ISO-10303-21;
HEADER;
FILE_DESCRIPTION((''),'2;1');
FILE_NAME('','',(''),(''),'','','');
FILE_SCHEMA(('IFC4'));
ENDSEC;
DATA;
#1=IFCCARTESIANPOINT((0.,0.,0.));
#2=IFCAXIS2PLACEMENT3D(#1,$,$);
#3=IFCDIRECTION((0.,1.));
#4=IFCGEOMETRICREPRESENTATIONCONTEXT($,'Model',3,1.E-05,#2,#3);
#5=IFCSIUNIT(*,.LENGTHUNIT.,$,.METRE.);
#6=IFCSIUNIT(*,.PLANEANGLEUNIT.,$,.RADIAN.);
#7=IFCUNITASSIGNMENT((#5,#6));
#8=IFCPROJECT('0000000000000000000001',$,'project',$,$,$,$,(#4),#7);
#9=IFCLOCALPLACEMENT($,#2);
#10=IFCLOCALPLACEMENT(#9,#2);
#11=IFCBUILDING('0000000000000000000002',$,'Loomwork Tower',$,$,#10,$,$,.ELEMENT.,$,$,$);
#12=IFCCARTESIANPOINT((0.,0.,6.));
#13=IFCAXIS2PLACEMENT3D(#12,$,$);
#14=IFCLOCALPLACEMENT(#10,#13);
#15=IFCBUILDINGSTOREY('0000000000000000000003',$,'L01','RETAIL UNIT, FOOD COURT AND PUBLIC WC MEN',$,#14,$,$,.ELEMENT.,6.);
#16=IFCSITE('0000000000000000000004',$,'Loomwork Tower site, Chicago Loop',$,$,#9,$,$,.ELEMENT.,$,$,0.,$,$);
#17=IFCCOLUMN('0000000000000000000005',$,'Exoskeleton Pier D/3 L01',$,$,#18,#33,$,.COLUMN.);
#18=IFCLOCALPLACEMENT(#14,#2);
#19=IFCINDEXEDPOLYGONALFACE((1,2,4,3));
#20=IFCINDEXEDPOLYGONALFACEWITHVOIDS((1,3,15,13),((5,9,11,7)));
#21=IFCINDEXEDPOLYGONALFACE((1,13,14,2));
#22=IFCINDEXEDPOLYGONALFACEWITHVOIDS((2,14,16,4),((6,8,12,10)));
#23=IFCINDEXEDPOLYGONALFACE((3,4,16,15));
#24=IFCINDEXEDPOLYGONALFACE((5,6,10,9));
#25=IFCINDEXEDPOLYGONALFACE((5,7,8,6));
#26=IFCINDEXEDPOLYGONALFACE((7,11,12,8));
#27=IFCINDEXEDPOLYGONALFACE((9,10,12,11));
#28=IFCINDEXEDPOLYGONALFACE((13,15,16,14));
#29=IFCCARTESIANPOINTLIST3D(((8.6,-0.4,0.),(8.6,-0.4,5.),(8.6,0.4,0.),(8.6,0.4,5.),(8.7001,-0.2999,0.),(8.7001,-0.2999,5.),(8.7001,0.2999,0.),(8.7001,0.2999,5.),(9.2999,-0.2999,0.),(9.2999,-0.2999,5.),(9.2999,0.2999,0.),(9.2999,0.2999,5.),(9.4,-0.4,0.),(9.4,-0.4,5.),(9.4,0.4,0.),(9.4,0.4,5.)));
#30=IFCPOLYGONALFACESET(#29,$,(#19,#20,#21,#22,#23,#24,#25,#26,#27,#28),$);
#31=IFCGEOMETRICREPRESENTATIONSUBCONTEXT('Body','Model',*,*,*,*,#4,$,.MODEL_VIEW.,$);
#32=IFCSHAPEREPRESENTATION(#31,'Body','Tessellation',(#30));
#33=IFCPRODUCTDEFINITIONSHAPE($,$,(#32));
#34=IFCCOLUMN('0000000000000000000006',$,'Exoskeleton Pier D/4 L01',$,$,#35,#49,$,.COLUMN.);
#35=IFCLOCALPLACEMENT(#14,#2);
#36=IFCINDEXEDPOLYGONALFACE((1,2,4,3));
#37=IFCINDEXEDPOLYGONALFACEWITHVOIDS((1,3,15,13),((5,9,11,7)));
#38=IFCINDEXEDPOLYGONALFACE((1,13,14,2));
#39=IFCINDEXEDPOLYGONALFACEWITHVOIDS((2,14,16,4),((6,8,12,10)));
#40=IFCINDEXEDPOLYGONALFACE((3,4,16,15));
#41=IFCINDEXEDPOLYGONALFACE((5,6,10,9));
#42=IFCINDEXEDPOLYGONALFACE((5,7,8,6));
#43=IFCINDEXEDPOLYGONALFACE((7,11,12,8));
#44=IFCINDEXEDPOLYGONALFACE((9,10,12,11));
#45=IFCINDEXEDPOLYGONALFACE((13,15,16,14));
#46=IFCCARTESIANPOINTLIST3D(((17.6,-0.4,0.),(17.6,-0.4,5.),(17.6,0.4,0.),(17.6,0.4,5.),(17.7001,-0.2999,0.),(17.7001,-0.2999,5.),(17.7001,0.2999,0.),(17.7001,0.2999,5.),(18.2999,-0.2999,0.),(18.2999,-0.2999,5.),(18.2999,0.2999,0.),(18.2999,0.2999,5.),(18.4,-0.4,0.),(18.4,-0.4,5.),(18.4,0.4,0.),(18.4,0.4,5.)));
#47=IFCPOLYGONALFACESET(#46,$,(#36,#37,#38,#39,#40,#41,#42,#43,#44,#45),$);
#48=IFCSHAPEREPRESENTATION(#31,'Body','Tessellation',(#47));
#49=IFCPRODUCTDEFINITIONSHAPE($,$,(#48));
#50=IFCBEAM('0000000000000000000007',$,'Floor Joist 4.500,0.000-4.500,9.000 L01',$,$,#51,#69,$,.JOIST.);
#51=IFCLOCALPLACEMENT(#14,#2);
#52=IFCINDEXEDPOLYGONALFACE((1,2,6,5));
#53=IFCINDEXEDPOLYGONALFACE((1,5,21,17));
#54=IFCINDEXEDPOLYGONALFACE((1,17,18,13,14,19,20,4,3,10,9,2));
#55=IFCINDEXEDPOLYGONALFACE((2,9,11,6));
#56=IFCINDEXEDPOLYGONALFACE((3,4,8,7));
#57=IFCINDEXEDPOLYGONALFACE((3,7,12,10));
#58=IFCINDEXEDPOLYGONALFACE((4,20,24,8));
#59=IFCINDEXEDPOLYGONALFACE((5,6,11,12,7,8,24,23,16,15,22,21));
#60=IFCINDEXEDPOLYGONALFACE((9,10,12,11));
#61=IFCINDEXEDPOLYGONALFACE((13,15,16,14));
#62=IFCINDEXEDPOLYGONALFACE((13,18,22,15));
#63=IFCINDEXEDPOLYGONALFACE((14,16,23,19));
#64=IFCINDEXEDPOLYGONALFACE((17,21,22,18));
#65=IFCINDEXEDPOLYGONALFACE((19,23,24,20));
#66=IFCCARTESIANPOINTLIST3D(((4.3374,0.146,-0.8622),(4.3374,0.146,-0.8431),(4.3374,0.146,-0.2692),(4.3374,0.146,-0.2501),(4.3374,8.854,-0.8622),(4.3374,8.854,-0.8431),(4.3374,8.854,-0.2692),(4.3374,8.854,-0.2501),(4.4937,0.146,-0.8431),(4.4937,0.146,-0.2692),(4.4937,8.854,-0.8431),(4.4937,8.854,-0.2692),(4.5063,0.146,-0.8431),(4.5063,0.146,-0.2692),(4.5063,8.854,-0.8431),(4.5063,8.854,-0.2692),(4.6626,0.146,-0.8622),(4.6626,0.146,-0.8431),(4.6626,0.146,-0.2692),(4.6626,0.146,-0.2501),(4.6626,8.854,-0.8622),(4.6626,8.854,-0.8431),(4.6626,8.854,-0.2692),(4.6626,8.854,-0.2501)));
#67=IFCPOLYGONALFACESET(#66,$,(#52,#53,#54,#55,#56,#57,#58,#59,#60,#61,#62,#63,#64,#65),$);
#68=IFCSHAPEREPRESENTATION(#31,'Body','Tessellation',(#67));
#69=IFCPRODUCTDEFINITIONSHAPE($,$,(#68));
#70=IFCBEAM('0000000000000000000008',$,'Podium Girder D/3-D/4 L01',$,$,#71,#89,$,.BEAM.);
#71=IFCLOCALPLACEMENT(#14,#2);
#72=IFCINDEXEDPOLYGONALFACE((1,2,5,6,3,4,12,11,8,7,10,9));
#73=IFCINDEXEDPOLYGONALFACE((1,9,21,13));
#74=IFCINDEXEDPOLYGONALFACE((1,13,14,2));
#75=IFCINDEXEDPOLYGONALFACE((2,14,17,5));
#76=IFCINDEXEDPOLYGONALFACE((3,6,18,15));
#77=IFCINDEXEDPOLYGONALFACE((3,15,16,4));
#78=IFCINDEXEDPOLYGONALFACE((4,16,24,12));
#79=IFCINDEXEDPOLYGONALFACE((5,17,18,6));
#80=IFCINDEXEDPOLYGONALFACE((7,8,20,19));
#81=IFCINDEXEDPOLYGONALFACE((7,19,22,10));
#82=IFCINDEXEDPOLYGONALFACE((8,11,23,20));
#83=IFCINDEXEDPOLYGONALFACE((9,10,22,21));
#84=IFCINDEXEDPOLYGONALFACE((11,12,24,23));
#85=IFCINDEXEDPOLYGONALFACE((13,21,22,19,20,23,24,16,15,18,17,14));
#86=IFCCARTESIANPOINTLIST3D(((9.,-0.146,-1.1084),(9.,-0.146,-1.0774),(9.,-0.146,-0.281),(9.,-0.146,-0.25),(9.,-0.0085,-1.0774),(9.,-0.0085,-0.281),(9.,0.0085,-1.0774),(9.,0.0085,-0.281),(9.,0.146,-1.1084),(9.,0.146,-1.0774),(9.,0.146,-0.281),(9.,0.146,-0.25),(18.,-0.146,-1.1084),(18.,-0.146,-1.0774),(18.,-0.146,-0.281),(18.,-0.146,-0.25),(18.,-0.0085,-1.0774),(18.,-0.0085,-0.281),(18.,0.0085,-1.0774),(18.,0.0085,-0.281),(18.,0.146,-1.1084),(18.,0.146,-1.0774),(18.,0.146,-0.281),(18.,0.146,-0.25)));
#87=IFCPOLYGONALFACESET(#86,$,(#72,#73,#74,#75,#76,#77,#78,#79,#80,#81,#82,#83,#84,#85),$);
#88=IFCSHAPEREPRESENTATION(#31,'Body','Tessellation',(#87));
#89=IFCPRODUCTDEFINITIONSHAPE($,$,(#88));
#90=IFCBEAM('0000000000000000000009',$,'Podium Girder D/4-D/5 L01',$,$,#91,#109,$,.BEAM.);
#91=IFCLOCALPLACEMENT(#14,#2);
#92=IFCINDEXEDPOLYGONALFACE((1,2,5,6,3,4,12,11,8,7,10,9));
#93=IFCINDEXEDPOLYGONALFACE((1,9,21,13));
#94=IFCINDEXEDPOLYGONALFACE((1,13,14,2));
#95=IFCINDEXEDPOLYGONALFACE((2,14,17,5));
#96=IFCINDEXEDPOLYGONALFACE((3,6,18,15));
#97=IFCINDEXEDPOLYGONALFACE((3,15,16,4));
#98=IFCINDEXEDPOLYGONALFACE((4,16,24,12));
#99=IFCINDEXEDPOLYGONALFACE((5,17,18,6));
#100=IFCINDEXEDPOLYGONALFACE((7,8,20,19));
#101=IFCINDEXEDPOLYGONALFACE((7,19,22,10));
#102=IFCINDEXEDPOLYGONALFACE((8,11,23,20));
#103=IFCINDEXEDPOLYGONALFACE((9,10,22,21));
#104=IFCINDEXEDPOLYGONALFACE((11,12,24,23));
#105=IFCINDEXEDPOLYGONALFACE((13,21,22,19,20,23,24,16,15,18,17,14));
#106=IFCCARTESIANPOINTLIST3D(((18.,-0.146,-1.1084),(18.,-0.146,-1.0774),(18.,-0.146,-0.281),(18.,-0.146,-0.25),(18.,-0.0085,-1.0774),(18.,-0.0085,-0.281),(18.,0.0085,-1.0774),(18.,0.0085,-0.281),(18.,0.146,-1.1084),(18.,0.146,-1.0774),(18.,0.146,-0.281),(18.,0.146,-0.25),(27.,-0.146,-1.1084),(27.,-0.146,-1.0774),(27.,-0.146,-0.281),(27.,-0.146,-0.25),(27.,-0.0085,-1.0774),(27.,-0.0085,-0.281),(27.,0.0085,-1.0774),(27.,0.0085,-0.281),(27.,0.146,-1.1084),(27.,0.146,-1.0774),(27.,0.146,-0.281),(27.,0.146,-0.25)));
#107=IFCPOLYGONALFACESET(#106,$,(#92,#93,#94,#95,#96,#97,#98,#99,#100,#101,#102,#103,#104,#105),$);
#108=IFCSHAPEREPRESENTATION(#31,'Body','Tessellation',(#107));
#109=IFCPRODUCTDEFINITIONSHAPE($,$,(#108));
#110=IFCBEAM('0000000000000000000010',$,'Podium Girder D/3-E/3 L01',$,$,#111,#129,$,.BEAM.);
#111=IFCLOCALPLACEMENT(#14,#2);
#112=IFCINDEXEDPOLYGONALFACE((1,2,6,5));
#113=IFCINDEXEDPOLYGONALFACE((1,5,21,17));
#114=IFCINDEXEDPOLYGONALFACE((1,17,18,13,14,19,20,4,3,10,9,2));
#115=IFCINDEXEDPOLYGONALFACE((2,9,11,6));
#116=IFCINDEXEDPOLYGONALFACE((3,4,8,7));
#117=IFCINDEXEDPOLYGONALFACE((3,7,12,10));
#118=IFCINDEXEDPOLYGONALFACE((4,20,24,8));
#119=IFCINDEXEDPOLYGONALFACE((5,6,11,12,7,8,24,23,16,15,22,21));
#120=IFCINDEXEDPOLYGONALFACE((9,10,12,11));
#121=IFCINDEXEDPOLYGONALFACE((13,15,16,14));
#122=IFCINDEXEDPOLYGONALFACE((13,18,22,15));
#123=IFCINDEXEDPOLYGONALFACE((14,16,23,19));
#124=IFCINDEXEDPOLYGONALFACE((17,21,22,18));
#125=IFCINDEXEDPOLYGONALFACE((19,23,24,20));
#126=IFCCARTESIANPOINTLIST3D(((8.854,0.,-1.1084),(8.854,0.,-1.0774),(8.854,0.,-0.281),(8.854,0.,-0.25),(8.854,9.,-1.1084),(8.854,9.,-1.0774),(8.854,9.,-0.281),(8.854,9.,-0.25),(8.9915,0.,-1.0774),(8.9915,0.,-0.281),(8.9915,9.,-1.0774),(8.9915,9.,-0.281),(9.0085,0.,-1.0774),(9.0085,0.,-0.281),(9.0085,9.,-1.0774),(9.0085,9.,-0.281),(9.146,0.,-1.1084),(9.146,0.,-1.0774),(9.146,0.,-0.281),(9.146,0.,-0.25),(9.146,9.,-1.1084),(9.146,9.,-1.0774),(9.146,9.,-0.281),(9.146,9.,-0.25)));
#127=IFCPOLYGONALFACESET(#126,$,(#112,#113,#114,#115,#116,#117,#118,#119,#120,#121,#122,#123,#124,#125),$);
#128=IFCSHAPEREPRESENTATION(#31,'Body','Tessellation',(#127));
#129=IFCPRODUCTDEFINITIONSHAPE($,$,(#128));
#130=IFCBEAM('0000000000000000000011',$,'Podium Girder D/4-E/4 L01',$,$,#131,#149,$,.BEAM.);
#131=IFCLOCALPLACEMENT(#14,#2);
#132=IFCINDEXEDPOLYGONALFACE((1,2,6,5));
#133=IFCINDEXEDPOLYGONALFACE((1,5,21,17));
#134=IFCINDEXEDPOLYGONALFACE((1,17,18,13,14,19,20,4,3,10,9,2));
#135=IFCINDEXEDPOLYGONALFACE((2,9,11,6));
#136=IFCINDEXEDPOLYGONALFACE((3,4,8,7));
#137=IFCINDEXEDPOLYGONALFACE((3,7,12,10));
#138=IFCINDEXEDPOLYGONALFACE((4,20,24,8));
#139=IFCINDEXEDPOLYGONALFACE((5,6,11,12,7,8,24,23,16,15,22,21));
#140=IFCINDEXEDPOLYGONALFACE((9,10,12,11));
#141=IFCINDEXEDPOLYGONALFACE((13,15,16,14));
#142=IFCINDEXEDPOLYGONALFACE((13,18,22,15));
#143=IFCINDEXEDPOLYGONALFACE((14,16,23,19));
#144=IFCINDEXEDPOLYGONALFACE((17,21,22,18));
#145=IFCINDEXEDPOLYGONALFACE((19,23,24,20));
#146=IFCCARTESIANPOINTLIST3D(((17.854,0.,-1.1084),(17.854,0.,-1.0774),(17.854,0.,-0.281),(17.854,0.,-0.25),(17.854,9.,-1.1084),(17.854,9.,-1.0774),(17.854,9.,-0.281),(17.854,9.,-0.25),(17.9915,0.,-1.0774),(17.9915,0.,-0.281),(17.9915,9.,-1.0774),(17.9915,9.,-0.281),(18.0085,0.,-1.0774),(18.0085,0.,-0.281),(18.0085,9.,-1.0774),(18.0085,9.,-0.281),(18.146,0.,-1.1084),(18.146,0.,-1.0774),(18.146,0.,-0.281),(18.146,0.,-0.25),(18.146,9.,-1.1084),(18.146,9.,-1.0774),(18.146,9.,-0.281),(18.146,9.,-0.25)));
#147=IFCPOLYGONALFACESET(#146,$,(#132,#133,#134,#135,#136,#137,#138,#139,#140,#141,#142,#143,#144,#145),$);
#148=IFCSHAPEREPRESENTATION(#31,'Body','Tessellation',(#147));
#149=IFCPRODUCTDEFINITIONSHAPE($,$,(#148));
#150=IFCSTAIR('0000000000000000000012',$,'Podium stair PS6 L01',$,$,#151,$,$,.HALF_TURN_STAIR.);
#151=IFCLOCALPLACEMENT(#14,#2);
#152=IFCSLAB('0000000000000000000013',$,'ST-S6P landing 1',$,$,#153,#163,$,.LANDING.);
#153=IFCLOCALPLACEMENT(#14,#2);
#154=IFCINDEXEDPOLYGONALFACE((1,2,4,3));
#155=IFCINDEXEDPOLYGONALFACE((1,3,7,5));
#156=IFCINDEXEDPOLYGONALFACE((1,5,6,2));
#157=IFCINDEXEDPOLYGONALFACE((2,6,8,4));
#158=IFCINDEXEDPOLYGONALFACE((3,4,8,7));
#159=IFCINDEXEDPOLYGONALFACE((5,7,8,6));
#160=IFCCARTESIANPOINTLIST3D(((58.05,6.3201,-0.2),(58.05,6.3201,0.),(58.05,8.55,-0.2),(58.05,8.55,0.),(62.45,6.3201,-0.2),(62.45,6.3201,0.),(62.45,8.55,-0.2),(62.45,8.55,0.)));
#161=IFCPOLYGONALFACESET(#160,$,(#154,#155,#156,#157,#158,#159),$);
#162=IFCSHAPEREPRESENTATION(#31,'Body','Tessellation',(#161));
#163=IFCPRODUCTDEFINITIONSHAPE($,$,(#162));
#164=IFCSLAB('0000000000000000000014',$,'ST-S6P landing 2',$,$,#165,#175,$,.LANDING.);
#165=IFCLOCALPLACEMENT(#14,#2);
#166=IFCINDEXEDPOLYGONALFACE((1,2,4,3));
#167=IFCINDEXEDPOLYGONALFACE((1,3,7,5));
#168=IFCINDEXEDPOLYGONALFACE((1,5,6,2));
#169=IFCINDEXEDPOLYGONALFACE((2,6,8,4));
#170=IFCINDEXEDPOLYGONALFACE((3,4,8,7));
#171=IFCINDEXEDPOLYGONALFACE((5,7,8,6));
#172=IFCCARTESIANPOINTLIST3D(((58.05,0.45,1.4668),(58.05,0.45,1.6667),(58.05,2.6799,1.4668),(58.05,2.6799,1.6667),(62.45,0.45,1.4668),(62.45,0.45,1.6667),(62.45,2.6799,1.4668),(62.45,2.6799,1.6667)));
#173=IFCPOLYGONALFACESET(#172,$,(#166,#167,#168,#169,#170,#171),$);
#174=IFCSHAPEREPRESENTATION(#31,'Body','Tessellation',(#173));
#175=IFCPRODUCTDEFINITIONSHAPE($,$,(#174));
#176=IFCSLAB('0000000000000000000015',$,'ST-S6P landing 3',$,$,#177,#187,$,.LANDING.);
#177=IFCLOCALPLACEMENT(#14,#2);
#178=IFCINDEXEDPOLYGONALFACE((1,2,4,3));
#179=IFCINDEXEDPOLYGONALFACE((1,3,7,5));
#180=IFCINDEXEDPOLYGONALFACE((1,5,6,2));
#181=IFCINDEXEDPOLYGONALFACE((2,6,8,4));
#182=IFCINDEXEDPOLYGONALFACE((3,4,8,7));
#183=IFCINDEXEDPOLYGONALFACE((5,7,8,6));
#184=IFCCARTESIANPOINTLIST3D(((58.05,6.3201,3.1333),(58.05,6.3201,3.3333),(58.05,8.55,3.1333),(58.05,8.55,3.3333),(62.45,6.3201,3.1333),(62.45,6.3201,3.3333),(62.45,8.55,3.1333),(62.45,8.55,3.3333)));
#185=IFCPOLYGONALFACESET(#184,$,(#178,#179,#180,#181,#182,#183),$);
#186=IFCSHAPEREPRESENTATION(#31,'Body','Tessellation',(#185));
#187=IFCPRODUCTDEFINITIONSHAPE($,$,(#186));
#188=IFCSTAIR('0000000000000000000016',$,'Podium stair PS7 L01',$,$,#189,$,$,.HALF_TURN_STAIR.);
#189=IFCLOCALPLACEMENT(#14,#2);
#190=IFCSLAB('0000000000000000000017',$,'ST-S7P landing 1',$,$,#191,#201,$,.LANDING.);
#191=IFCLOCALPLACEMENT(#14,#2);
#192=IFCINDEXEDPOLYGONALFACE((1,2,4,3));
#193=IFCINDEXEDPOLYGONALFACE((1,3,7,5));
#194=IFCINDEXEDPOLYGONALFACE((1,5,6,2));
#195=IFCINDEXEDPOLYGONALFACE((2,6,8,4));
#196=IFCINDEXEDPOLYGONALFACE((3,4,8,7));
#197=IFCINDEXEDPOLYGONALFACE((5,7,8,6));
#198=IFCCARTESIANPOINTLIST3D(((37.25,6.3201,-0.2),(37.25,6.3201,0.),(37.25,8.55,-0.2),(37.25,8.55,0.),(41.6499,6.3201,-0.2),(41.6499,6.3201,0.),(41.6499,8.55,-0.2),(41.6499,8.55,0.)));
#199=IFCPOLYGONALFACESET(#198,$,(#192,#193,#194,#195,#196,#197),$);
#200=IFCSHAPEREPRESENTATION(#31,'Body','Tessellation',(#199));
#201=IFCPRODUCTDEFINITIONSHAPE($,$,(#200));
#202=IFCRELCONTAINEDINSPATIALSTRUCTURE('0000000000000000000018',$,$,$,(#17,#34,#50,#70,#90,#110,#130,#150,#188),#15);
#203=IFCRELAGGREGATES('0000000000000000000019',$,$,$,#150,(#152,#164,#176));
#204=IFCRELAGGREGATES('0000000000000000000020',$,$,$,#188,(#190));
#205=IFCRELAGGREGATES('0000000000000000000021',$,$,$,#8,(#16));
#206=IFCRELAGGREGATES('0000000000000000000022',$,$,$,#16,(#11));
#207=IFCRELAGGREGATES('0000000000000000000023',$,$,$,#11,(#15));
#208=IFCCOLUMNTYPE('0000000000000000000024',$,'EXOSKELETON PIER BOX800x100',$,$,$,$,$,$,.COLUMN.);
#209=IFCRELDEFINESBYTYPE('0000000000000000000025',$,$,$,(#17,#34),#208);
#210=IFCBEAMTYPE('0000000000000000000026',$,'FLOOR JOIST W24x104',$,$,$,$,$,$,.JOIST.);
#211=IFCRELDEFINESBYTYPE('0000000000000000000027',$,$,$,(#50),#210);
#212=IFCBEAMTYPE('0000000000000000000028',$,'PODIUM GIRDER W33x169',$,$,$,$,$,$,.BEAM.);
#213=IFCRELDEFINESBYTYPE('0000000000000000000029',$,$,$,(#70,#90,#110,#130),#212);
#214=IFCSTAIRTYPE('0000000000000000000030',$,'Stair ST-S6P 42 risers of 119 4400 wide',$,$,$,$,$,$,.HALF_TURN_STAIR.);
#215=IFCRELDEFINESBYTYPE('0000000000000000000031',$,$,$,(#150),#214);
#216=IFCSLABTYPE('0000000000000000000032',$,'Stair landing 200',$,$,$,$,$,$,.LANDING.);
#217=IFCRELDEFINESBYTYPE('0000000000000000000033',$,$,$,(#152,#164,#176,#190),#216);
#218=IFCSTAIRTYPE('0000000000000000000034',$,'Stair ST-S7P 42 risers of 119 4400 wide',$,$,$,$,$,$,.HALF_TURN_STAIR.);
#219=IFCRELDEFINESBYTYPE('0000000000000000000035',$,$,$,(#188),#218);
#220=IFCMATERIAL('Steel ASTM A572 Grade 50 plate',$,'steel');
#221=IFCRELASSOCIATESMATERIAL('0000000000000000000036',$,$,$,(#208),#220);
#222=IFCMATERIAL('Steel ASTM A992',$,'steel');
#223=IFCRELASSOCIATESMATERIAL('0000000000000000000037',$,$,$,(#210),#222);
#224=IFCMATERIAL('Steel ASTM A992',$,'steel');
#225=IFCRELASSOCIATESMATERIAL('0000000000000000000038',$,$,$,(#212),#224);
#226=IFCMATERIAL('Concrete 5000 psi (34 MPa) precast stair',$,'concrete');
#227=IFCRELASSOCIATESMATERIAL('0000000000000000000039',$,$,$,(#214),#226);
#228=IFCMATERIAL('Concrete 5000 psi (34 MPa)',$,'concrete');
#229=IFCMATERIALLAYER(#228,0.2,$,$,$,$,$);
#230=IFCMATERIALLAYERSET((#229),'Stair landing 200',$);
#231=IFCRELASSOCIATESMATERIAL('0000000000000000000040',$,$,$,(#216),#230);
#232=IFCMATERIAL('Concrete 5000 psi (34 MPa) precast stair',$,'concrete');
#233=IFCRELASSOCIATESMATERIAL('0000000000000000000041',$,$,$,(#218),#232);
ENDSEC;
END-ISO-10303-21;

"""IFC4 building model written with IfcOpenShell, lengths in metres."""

from ifc_helpers import new_model, si_unit, direction, frame, origin, origin_2d, place, context, subcontext, project, spatial, polyline, hollow_rectangle, i_section, outline, extrude, material, layer, layer_set, material_profile, profile_set, type_object, element, aggregate, save


model = new_model("IFC4")

# Units and contexts
model_context = context("Model", 3, precision=1e-05, world=origin(), true_north=direction((0.0, 1.0)))
body_context = subcontext(model_context, "Body", "Model", "MODEL_VIEW")
ifc_project = project(units=[si_unit("LENGTHUNIT", "METRE"), si_unit("PLANEANGLEUNIT", "RADIAN")], contexts=[model_context])

# Site, building, storey
site_placement = place(None, origin())
site = spatial("IfcSite", under=ifc_project, at=site_placement, Name="Loomwork Tower site, Chicago Loop", CompositionType="ELEMENT", RefElevation=0.0)
building_placement = place(site_placement, origin())
building = spatial("IfcBuilding", under=site, at=building_placement, Name="Loomwork Tower", CompositionType="ELEMENT")
storey_placement = place(building_placement, frame((0.0, 0.0, 6.0)))
storey = spatial("IfcBuildingStorey", under=building, at=storey_placement, Name="L01", Description="RETAIL UNIT, FOOD COURT AND PUBLIC WC MEN", CompositionType="ELEMENT", Elevation=6.0)

# Columns
ifc_material_1 = material(Name="Steel ASTM A572 Grade 50 plate", Category="steel")
ifc_material_profile_1 = material_profile(ifc_material_1, hollow_rectangle(XDim=0.8, YDim=0.8, WallThickness=0.1001, at=origin_2d()), Name="BOX800x100")
ifc_profile_set_1 = profile_set([ifc_material_profile_1], Name="Steel ASTM A572 Grade 50 plate")
column_type = type_object("IfcColumnType", Name="EXOSKELETON PIER BOX800x100", PredefinedType="COLUMN", material=ifc_profile_set_1)
for number, where, z_axis, x_axis, name in (
    (1, (9.0, 0.0, 0.0), (0.0, 0.0, 1.0), (1.0, 0.0, 0.0), "Exoskeleton Pier D/3 L01"),
    (2, (18.0, 0.0, 0.0), (0.0, 0.0, 1.0), (1.0, 0.0, 0.0), "Exoskeleton Pier D/4 L01"),
):
    element("IfcColumn", number, at=place(storey_placement, frame(where, z_axis=z_axis, x_axis=x_axis)), inside=storey, type_object=column_type, Name=name, PredefinedType="COLUMN", context=body_context, shape_type="SweptSolid", body=[
        extrude(hollow_rectangle(XDim=0.8, YDim=0.8, WallThickness=0.1001, at=origin_2d()), origin(), (0.0, 0.0, 1.0), 5.0),
    ])

# Beams
ifc_material_2 = material(Name="Steel ASTM A992", Category="steel")
ifc_material_profile_2 = material_profile(ifc_material_2, i_section(OverallWidth=0.3252, OverallDepth=0.6121, WebThickness=0.0127, FlangeThickness=0.019, at=origin_2d()), Name="W24x104")
ifc_profile_set_2 = profile_set([ifc_material_profile_2], Name="Steel ASTM A992")
beam_type_1 = type_object("IfcBeamType", Name="FLOOR JOIST W24x104", PredefinedType="JOIST", material=ifc_profile_set_2)
beam_placement = place(storey_placement, frame((4.5, 0.146, -0.5562), z_axis=(0.0, 1.0, 0.0), x_axis=(-1.0, 0.0, 0.0)))
element("IfcBeam", 3, at=beam_placement, inside=storey, type_object=beam_type_1, Name="Floor Joist 4.500,0.000-4.500,9.000 L01", PredefinedType="JOIST", context=body_context, shape_type="SweptSolid", body=[
    extrude(i_section(OverallWidth=0.3252, OverallDepth=0.6121, WebThickness=0.0127, FlangeThickness=0.019, at=origin_2d()), origin(), (0.0, 0.0, 1.0), 8.708),
])
ifc_material_3 = material(Name="Steel ASTM A992", Category="steel")
ifc_material_profile_3 = material_profile(ifc_material_3, i_section(OverallWidth=0.292, OverallDepth=0.8584, WebThickness=0.0171, FlangeThickness=0.031, at=origin_2d()), Name="W33x169")
ifc_profile_set_3 = profile_set([ifc_material_profile_3], Name="Steel ASTM A992")
beam_type_2 = type_object("IfcBeamType", Name="PODIUM GIRDER W33x169", PredefinedType="BEAM", material=ifc_profile_set_3)
for number, where, z_axis, x_axis, name in (
    (4, (9.0, 0.0, -0.6792), (1.0, 0.0, 0.0), (0.0, 1.0, 0.0), "Podium Girder D/3-D/4 L01"),
    (5, (18.0, 0.0, -0.6792), (1.0, 0.0, 0.0), (0.0, 1.0, 0.0), "Podium Girder D/4-D/5 L01"),
    (6, (9.0, 0.0, -0.6792), (0.0, 1.0, 0.0), (-1.0, 0.0, 0.0), "Podium Girder D/3-E/3 L01"),
    (7, (18.0, 0.0, -0.6792), (0.0, 1.0, 0.0), (-1.0, 0.0, 0.0), "Podium Girder D/4-E/4 L01"),
):
    element("IfcBeam", number, at=place(storey_placement, frame(where, z_axis=z_axis, x_axis=x_axis)), inside=storey, type_object=beam_type_2, Name=name, PredefinedType="BEAM", context=body_context, shape_type="SweptSolid", body=[
        extrude(i_section(OverallWidth=0.292, OverallDepth=0.8584, WebThickness=0.0171, FlangeThickness=0.031, at=origin_2d()), origin(), (0.0, 0.0, 1.0), 9.0),
    ])

# Stairs, slabs
ifc_material_4 = material(Name="Concrete 5000 psi (34 MPa) precast stair", Category="concrete")
stair_type_1 = type_object("IfcStairType", Name="Stair ST-S6P 42 risers of 119 4400 wide", PredefinedType="HALF_TURN_STAIR", material=ifc_material_4)
stair_1_placement = place(storey_placement, origin())
stair_1 = element("IfcStair", 8, at=stair_1_placement, inside=storey, type_object=stair_type_1, Name="Podium stair PS6 L01", PredefinedType="HALF_TURN_STAIR")
ifc_material_5 = material(Name="Concrete 5000 psi (34 MPa)", Category="concrete")
ifc_layer_1 = layer(ifc_material_5, 0.2)
ifc_layer_set_1 = layer_set([ifc_layer_1], Name="Stair landing 200")
slab_type = type_object("IfcSlabType", Name="Stair landing 200", PredefinedType="LANDING", material=ifc_layer_set_1)
slab_1_placement = place(storey_placement, frame((0.0, 0.0, -0.2)))
slab_1 = element("IfcSlab", 9, at=slab_1_placement, type_object=slab_type, Name="ST-S6P landing 1", PredefinedType="LANDING", context=body_context, shape_type="SweptSolid", body=[
    extrude(outline(polyline([(58.05, 6.3201), (62.45, 6.3201), (62.45, 8.55), (58.05, 8.55), (58.05, 6.3201)])), origin(), (0.0, 0.0, 1.0), 0.2),
])
slab_2_placement = place(storey_placement, frame((0.0, 0.0, 1.4668)))
slab_2 = element("IfcSlab", 10, at=slab_2_placement, type_object=slab_type, Name="ST-S6P landing 2", PredefinedType="LANDING", context=body_context, shape_type="SweptSolid", body=[
    extrude(outline(polyline([(58.05, 0.45), (62.45, 0.45), (62.45, 2.6799), (58.05, 2.6799), (58.05, 0.45)])), origin(), (0.0, 0.0, 1.0), 0.2),
])
slab_3_placement = place(storey_placement, frame((0.0, 0.0, 3.1333)))
slab_3 = element("IfcSlab", 11, at=slab_3_placement, type_object=slab_type, Name="ST-S6P landing 3", PredefinedType="LANDING", context=body_context, shape_type="SweptSolid", body=[
    extrude(outline(polyline([(58.05, 6.3201), (62.45, 6.3201), (62.45, 8.55), (58.05, 8.55), (58.05, 6.3201)])), origin(), (0.0, 0.0, 1.0), 0.2),
])
aggregate(stair_1, [slab_1, slab_2, slab_3])
ifc_material_6 = material(Name="Concrete 5000 psi (34 MPa) precast stair", Category="concrete")
stair_type_2 = type_object("IfcStairType", Name="Stair ST-S7P 42 risers of 119 4400 wide", PredefinedType="HALF_TURN_STAIR", material=ifc_material_6)
stair_2_placement = place(storey_placement, origin())
stair_2 = element("IfcStair", 12, at=stair_2_placement, inside=storey, type_object=stair_type_2, Name="Podium stair PS7 L01", PredefinedType="HALF_TURN_STAIR")
slab_4_placement = place(storey_placement, frame((0.0, 0.0, -0.2)))
slab_4 = element("IfcSlab", 13, at=slab_4_placement, type_object=slab_type, Name="ST-S7P landing 1", PredefinedType="LANDING", context=body_context, shape_type="SweptSolid", body=[
    extrude(outline(polyline([(37.25, 6.3201), (41.6499, 6.3201), (41.6499, 8.55), (37.25, 8.55), (37.25, 6.3201)])), origin(), (0.0, 0.0, 1.0), 0.2),
])
aggregate(stair_2, [slab_4])

save(model, "model.ifc")
